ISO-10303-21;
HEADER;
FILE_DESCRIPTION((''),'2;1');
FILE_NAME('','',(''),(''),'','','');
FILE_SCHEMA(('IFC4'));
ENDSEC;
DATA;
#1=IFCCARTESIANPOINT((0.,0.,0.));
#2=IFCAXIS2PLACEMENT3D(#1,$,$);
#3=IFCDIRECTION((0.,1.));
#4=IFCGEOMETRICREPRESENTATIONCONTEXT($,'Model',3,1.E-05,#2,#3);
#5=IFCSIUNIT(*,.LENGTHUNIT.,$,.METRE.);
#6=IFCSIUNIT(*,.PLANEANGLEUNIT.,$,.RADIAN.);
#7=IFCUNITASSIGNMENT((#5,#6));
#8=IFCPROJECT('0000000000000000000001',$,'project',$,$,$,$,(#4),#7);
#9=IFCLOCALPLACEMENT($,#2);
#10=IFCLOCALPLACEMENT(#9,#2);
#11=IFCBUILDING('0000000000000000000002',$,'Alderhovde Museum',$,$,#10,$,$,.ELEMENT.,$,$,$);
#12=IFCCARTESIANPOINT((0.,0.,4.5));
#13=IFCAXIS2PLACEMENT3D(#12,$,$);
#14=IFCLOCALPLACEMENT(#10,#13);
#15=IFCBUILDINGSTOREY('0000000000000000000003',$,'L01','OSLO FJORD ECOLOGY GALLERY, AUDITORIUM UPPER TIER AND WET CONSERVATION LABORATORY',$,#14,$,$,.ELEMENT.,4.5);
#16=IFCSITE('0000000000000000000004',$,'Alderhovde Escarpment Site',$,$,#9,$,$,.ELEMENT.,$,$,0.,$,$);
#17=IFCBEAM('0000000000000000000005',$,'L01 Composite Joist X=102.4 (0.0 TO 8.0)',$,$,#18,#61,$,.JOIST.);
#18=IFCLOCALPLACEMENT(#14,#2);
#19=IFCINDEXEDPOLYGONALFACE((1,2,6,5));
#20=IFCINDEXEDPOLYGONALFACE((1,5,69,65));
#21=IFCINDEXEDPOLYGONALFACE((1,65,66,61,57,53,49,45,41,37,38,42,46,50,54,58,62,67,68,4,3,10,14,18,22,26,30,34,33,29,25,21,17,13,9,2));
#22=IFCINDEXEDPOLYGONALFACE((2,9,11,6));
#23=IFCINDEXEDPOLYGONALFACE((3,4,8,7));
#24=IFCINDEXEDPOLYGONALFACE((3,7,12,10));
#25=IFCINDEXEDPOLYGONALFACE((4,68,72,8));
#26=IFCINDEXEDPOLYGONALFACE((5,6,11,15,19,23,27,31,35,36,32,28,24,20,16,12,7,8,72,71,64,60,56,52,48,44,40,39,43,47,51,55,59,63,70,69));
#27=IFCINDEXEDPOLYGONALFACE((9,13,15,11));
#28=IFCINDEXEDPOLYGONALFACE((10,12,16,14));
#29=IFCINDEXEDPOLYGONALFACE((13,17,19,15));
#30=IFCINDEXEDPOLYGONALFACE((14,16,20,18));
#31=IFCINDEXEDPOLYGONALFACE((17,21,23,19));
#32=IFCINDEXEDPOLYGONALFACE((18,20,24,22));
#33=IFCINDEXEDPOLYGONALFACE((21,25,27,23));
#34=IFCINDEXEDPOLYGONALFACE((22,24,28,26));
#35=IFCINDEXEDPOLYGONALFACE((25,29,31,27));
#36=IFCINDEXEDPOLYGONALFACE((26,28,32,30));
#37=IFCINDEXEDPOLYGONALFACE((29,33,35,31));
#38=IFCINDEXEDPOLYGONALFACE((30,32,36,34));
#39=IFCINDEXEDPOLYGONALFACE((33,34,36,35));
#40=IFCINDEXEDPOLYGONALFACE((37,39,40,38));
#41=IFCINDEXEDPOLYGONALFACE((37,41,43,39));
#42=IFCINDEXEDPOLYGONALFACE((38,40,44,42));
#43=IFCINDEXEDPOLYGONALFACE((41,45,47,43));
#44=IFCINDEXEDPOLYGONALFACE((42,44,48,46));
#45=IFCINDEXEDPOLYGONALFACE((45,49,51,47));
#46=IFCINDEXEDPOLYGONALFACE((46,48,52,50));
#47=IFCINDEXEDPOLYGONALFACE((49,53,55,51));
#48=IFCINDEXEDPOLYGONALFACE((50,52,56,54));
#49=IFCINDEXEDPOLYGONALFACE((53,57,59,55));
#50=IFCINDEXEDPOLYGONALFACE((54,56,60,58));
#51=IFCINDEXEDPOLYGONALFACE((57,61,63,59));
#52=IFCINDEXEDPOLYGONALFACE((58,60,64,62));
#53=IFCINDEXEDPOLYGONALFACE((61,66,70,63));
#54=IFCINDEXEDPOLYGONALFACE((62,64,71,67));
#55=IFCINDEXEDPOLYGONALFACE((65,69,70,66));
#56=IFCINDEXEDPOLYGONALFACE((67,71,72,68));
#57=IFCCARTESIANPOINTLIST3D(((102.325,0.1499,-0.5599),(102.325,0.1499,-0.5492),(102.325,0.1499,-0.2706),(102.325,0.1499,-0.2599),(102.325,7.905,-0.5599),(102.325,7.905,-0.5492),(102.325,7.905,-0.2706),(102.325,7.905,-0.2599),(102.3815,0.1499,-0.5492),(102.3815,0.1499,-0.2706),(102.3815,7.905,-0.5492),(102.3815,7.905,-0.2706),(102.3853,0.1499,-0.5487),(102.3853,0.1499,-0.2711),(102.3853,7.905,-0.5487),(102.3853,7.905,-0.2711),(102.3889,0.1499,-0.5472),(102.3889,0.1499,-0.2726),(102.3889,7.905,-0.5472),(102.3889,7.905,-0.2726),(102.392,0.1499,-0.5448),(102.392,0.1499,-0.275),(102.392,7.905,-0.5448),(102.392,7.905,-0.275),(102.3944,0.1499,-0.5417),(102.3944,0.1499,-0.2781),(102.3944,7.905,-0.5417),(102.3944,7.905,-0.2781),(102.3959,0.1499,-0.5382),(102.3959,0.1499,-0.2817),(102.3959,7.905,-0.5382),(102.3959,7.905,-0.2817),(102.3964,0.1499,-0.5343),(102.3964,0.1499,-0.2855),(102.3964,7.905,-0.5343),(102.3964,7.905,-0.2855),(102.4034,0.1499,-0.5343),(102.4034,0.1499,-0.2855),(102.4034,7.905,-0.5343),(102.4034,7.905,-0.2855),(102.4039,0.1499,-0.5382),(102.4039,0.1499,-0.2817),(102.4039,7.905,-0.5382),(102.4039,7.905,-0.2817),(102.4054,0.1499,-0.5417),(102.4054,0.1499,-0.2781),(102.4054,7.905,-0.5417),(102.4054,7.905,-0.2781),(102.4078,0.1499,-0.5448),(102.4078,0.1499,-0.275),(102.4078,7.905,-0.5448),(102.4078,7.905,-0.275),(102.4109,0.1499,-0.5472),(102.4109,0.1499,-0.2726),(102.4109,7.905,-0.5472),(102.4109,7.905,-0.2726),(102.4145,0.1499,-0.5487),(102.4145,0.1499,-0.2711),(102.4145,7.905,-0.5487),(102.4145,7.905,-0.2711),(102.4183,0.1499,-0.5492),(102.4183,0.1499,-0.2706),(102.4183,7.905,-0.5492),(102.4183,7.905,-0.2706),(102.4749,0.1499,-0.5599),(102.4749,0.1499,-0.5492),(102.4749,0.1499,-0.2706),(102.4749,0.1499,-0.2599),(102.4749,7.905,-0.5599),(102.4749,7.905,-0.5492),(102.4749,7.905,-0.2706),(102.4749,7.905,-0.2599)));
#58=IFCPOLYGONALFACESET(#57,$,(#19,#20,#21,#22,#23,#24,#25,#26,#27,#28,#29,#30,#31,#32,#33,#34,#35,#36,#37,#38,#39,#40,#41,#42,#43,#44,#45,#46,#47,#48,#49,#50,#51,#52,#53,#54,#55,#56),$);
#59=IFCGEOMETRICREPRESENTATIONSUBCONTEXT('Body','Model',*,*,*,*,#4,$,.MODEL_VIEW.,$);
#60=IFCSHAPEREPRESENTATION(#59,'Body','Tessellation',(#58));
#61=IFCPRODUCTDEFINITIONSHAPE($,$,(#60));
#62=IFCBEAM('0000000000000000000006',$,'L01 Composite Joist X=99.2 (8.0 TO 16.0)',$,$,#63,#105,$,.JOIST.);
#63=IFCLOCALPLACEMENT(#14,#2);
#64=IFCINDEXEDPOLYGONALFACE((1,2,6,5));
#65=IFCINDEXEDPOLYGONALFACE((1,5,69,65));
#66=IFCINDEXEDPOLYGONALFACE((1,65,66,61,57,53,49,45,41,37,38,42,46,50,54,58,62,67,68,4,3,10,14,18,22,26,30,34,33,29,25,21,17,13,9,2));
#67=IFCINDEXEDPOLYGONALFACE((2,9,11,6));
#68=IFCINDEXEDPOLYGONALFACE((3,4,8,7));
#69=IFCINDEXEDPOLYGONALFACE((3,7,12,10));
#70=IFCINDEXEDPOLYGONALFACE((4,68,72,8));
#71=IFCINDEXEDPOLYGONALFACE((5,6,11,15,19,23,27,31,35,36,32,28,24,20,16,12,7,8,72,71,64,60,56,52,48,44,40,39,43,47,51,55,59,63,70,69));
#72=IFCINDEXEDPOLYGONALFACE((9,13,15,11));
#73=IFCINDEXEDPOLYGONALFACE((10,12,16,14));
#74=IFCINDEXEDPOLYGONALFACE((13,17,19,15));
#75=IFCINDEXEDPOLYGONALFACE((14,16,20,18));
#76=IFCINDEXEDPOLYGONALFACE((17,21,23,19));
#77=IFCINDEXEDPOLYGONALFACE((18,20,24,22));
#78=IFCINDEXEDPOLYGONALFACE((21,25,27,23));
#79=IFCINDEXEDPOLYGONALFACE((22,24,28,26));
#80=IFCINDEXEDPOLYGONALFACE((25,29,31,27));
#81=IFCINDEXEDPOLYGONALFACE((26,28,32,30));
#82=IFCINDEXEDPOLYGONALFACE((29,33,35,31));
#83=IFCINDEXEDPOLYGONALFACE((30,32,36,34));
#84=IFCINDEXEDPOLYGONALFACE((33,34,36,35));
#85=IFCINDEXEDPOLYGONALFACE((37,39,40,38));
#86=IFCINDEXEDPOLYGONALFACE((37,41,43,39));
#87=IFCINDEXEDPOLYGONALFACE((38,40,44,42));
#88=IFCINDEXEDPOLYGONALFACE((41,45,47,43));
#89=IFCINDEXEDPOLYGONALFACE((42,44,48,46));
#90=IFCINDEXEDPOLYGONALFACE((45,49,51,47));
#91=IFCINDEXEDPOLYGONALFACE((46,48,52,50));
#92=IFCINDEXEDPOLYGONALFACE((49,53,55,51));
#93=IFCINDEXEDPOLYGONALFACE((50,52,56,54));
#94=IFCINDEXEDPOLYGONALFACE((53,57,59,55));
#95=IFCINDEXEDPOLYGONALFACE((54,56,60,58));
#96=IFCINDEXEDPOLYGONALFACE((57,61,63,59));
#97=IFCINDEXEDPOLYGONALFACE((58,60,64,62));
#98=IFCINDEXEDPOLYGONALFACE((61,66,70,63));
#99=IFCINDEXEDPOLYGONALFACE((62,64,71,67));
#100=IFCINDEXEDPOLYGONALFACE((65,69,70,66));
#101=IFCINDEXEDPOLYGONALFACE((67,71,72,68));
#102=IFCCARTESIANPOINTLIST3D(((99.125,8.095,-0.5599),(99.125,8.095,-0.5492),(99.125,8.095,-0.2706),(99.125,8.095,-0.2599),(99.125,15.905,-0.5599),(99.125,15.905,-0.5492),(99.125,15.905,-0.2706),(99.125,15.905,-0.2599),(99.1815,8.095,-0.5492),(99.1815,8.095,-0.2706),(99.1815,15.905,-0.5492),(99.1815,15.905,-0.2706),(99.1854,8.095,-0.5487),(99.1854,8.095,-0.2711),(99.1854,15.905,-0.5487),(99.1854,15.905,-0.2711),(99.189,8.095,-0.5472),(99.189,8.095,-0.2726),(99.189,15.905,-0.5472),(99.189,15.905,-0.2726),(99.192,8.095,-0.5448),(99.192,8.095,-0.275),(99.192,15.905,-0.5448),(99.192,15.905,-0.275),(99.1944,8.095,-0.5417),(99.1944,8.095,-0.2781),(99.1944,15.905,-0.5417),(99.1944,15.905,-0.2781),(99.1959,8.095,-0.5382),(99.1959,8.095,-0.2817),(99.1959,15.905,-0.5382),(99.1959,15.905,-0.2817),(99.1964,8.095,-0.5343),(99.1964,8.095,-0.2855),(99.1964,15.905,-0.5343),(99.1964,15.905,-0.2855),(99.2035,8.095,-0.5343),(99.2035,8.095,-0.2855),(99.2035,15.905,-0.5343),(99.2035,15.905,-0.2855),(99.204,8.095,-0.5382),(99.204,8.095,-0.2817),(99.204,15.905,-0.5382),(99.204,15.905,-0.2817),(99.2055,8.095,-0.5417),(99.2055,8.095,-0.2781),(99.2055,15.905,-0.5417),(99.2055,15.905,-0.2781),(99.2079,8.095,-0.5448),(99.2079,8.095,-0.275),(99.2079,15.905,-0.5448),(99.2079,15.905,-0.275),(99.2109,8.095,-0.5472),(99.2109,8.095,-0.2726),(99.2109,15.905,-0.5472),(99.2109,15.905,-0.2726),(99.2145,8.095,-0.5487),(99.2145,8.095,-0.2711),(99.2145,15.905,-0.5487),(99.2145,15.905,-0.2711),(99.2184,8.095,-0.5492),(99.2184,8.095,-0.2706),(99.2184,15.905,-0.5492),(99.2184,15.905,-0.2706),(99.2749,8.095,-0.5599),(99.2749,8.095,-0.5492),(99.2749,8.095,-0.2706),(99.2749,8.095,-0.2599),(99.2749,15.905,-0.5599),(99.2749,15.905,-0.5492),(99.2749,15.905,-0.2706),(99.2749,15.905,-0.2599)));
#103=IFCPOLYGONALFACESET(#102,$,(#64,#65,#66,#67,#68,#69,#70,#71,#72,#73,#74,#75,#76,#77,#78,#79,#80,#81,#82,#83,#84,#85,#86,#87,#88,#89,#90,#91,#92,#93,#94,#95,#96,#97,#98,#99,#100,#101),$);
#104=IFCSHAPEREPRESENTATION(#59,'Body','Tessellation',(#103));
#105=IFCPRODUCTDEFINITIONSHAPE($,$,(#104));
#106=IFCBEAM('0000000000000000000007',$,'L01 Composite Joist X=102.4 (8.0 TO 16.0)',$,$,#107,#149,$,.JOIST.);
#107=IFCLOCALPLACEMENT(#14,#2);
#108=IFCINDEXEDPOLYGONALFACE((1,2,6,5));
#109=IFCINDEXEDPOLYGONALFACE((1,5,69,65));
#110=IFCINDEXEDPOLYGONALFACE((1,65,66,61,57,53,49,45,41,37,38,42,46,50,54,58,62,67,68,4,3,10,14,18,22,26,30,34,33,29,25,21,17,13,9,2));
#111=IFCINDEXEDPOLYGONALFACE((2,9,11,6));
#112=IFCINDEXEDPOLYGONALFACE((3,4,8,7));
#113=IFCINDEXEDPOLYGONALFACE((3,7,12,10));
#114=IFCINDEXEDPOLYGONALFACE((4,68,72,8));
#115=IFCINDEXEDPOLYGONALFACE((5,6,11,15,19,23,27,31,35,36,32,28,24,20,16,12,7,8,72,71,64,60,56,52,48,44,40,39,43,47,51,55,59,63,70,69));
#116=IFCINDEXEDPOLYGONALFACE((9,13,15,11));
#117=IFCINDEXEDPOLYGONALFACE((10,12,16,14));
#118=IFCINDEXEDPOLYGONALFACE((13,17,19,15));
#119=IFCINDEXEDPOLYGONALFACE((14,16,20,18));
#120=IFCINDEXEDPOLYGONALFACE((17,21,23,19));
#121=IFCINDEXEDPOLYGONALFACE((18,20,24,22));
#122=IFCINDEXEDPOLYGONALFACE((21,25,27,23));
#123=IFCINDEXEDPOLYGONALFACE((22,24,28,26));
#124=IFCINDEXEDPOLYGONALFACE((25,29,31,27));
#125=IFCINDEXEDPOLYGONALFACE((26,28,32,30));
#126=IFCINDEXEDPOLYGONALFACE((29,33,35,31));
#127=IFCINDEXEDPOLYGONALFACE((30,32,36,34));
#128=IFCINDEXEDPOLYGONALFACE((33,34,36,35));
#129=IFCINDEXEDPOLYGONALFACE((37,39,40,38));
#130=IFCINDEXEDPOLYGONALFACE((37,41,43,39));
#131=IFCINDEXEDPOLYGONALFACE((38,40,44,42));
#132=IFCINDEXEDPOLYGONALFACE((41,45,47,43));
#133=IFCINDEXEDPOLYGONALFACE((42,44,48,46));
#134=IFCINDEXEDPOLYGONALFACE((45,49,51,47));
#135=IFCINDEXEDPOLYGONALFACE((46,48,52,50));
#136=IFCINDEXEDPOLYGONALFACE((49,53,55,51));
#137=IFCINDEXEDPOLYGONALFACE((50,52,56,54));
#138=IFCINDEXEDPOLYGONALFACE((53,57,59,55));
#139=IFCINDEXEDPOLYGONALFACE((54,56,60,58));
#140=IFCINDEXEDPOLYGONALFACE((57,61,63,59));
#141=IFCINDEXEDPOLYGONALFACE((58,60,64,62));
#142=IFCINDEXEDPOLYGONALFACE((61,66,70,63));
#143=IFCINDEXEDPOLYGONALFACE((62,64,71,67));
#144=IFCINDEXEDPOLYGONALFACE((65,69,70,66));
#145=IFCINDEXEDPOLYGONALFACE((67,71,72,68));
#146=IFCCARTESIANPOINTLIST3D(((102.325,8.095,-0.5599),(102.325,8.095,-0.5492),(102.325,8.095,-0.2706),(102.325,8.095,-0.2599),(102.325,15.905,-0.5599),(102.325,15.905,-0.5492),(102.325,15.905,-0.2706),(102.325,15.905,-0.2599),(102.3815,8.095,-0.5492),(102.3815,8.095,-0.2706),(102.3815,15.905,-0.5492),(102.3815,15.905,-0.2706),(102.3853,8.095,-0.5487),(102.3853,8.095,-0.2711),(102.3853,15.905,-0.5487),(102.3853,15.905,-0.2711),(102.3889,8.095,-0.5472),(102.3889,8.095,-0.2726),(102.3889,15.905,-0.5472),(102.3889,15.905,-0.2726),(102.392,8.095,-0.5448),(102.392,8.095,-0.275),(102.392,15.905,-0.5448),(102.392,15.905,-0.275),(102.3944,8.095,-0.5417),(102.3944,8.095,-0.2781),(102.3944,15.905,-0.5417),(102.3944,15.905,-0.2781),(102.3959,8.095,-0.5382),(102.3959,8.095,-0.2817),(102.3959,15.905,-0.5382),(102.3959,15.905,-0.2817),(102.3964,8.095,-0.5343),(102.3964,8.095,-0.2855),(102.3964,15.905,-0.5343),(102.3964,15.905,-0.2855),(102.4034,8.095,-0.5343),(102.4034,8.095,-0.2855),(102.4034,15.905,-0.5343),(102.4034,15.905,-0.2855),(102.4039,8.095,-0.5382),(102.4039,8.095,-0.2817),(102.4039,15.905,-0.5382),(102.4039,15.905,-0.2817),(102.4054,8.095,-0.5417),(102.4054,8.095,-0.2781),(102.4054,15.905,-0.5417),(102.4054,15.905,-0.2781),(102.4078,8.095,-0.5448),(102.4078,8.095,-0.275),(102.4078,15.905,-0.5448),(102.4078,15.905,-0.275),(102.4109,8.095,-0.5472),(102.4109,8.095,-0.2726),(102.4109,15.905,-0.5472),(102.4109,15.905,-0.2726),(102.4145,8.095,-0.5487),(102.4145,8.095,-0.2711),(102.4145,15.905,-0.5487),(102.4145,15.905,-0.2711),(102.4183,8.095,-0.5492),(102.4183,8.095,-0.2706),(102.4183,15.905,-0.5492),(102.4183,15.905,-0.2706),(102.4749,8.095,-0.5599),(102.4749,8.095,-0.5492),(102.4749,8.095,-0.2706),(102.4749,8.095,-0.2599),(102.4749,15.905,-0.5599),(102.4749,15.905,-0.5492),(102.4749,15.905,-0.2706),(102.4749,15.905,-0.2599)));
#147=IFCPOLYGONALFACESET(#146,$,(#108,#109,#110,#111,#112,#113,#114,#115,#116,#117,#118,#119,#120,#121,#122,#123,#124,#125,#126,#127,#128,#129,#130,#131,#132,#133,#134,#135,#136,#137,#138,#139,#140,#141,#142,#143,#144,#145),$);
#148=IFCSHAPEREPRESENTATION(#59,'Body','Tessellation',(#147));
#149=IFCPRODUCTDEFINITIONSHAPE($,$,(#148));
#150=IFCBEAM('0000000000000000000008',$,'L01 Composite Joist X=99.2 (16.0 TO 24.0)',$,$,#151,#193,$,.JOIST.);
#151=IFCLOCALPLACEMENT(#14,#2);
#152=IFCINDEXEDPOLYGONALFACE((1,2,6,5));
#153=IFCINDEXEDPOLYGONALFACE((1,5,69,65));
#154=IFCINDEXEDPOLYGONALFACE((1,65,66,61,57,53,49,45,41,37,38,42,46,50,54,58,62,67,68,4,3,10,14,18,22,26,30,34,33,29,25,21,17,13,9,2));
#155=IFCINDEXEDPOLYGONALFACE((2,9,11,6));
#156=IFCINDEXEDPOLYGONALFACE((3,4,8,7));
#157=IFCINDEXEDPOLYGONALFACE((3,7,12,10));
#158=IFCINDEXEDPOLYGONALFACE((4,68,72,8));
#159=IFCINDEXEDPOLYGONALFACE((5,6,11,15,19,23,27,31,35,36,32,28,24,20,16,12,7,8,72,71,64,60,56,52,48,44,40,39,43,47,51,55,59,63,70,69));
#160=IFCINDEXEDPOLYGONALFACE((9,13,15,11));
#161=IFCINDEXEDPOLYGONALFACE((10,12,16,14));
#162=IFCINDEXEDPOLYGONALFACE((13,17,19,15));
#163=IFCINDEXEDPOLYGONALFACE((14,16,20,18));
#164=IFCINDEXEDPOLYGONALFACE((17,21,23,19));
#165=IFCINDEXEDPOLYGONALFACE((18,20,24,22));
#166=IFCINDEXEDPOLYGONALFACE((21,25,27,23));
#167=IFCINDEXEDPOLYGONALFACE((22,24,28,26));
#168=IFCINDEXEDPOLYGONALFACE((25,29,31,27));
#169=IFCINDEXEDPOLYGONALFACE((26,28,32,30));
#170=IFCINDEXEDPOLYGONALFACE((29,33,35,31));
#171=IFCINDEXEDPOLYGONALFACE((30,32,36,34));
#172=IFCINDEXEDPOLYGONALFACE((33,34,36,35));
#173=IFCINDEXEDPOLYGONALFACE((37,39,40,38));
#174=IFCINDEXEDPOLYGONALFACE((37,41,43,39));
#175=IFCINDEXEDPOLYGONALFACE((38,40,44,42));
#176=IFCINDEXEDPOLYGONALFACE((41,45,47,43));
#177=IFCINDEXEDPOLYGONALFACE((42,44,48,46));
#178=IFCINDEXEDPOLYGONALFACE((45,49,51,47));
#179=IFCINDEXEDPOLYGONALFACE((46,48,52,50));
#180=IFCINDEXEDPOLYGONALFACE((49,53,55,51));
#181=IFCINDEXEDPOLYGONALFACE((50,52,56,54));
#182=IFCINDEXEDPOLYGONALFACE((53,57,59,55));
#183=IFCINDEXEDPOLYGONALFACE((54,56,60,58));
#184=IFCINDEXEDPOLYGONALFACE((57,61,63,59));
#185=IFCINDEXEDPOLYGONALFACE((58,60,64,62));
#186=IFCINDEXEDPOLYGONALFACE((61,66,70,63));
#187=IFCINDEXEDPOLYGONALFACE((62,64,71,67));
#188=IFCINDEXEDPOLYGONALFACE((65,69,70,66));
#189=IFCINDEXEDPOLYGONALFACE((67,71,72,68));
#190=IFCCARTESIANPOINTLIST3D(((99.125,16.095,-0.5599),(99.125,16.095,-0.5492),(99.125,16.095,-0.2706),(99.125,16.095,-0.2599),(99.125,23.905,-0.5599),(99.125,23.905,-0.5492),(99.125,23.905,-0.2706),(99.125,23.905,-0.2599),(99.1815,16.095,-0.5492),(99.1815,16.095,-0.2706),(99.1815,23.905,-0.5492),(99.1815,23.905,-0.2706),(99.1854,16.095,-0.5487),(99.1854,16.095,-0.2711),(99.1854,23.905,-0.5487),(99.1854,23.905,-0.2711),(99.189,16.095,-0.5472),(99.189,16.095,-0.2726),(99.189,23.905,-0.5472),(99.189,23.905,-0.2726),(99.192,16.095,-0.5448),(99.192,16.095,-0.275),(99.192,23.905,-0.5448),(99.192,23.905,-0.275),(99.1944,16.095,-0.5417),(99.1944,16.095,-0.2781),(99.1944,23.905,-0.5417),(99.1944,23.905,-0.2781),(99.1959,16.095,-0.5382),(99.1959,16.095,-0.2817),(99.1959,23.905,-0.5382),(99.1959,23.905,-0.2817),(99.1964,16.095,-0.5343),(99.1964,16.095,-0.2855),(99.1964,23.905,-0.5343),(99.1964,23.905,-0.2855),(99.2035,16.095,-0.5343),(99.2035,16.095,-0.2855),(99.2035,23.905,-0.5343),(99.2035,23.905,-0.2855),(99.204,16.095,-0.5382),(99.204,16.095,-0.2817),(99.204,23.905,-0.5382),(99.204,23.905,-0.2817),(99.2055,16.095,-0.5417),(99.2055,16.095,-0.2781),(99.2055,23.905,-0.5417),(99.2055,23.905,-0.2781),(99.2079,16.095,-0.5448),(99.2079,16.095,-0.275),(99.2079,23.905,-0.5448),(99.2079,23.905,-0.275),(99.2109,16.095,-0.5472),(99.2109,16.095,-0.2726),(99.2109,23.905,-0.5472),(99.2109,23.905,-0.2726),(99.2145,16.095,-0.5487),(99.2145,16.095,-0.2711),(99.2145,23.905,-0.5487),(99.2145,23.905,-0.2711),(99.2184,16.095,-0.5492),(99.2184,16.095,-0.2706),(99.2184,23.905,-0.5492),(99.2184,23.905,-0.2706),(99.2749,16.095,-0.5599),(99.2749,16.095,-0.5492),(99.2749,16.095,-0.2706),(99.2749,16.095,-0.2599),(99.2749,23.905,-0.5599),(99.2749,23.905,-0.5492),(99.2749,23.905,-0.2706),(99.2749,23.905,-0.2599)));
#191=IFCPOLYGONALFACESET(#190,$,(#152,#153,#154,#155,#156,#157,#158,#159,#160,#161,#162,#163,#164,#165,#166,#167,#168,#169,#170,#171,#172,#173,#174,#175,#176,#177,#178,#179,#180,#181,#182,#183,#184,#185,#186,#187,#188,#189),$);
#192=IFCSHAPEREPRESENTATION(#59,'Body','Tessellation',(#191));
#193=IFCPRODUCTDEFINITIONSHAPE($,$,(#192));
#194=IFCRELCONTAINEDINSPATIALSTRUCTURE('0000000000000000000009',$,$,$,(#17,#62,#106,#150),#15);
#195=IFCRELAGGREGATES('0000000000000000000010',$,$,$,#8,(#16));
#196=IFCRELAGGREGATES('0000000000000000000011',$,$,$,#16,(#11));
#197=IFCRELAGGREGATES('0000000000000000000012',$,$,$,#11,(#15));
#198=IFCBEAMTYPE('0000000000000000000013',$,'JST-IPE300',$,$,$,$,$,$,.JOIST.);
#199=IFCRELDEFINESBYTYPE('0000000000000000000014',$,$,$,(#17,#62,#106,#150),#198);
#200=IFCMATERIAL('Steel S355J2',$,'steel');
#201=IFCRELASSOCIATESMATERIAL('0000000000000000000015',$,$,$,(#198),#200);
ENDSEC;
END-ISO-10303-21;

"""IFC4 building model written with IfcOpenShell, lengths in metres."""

from ifc_helpers import new_model, si_unit, direction, frame, origin, origin_2d, place, context, subcontext, project, spatial, i_section, extrude, material, material_profile, profile_set, type_object, element, save


model = new_model("IFC4")

# Units and contexts
model_context = context("Model", 3, precision=1e-05, world=origin(), true_north=direction((0.0, 1.0)))
body_context = subcontext(model_context, "Body", "Model", "MODEL_VIEW")
ifc_project = project(units=[si_unit("LENGTHUNIT", "METRE"), si_unit("PLANEANGLEUNIT", "RADIAN")], contexts=[model_context])

# Site, building, storey
site_placement = place(None, origin())
site = spatial("IfcSite", under=ifc_project, at=site_placement, Name="Alderhovde Escarpment Site", CompositionType="ELEMENT", RefElevation=0.0)
building_placement = place(site_placement, origin())
building = spatial("IfcBuilding", under=site, at=building_placement, Name="Alderhovde Museum", CompositionType="ELEMENT")
storey_placement = place(building_placement, frame((0.0, 0.0, 4.5)))
storey = spatial("IfcBuildingStorey", under=building, at=storey_placement, Name="L01", Description="OSLO FJORD ECOLOGY GALLERY, AUDITORIUM UPPER TIER AND WET CONSERVATION LABORATORY", CompositionType="ELEMENT", Elevation=4.5)

# Beams
ifc_material_1 = material(Name="Steel S355J2", Category="steel")
ifc_material_profile_1 = material_profile(ifc_material_1, i_section(OverallWidth=0.1499, OverallDepth=0.3, WebThickness=0.0071, FlangeThickness=0.0107, FilletRadius=0.0149, at=origin_2d()), Name="IPE 300")
ifc_profile_set_1 = profile_set([ifc_material_profile_1], Name="Steel S355J2")
beam_type_1 = type_object("IfcBeamType", Name="JST-IPE300", PredefinedType="JOIST", material=ifc_profile_set_1)
for number, where, z_axis, x_axis, name in (
    (1, (102.3999, 0.1499, -0.4099), (0.0, 1.0, 0.0), (-1.0, 0.0, 0.0), "L01 Composite Joist X=102.4 (0.0 TO 8.0)"),
):
    element("IfcBeam", number, at=place(storey_placement, frame(where, z_axis=z_axis, x_axis=x_axis)), inside=storey, type_object=beam_type_1, Name=name, PredefinedType="JOIST", context=body_context, shape_type="SweptSolid", body=[
        extrude(i_section(OverallWidth=0.1499, OverallDepth=0.3, WebThickness=0.0071, FlangeThickness=0.0107, FilletRadius=0.0149, at=origin_2d()), origin(), (0.0, 0.0, 1.0), 7.7551),
    ])
for number, where, z_axis, x_axis, name in (
    (2, (99.2, 8.095, -0.4099), (0.0, 1.0, 0.0), (-1.0, 0.0, 0.0), "L01 Composite Joist X=99.2 (8.0 TO 16.0)"),
    (3, (102.3999, 8.095, -0.4099), (0.0, 1.0, 0.0), (-1.0, 0.0, 0.0), "L01 Composite Joist X=102.4 (8.0 TO 16.0)"),
    (4, (99.2, 16.095, -0.4099), (0.0, 1.0, 0.0), (-1.0, 0.0, 0.0), "L01 Composite Joist X=99.2 (16.0 TO 24.0)"),
):
    element("IfcBeam", number, at=place(storey_placement, frame(where, z_axis=z_axis, x_axis=x_axis)), inside=storey, type_object=beam_type_1, Name=name, PredefinedType="JOIST", context=body_context, shape_type="SweptSolid", body=[
        extrude(i_section(OverallWidth=0.1499, OverallDepth=0.3, WebThickness=0.0071, FlangeThickness=0.0107, FilletRadius=0.0149, at=origin_2d()), origin(), (0.0, 0.0, 1.0), 7.8101),
    ])

save(model, "model.ifc")
